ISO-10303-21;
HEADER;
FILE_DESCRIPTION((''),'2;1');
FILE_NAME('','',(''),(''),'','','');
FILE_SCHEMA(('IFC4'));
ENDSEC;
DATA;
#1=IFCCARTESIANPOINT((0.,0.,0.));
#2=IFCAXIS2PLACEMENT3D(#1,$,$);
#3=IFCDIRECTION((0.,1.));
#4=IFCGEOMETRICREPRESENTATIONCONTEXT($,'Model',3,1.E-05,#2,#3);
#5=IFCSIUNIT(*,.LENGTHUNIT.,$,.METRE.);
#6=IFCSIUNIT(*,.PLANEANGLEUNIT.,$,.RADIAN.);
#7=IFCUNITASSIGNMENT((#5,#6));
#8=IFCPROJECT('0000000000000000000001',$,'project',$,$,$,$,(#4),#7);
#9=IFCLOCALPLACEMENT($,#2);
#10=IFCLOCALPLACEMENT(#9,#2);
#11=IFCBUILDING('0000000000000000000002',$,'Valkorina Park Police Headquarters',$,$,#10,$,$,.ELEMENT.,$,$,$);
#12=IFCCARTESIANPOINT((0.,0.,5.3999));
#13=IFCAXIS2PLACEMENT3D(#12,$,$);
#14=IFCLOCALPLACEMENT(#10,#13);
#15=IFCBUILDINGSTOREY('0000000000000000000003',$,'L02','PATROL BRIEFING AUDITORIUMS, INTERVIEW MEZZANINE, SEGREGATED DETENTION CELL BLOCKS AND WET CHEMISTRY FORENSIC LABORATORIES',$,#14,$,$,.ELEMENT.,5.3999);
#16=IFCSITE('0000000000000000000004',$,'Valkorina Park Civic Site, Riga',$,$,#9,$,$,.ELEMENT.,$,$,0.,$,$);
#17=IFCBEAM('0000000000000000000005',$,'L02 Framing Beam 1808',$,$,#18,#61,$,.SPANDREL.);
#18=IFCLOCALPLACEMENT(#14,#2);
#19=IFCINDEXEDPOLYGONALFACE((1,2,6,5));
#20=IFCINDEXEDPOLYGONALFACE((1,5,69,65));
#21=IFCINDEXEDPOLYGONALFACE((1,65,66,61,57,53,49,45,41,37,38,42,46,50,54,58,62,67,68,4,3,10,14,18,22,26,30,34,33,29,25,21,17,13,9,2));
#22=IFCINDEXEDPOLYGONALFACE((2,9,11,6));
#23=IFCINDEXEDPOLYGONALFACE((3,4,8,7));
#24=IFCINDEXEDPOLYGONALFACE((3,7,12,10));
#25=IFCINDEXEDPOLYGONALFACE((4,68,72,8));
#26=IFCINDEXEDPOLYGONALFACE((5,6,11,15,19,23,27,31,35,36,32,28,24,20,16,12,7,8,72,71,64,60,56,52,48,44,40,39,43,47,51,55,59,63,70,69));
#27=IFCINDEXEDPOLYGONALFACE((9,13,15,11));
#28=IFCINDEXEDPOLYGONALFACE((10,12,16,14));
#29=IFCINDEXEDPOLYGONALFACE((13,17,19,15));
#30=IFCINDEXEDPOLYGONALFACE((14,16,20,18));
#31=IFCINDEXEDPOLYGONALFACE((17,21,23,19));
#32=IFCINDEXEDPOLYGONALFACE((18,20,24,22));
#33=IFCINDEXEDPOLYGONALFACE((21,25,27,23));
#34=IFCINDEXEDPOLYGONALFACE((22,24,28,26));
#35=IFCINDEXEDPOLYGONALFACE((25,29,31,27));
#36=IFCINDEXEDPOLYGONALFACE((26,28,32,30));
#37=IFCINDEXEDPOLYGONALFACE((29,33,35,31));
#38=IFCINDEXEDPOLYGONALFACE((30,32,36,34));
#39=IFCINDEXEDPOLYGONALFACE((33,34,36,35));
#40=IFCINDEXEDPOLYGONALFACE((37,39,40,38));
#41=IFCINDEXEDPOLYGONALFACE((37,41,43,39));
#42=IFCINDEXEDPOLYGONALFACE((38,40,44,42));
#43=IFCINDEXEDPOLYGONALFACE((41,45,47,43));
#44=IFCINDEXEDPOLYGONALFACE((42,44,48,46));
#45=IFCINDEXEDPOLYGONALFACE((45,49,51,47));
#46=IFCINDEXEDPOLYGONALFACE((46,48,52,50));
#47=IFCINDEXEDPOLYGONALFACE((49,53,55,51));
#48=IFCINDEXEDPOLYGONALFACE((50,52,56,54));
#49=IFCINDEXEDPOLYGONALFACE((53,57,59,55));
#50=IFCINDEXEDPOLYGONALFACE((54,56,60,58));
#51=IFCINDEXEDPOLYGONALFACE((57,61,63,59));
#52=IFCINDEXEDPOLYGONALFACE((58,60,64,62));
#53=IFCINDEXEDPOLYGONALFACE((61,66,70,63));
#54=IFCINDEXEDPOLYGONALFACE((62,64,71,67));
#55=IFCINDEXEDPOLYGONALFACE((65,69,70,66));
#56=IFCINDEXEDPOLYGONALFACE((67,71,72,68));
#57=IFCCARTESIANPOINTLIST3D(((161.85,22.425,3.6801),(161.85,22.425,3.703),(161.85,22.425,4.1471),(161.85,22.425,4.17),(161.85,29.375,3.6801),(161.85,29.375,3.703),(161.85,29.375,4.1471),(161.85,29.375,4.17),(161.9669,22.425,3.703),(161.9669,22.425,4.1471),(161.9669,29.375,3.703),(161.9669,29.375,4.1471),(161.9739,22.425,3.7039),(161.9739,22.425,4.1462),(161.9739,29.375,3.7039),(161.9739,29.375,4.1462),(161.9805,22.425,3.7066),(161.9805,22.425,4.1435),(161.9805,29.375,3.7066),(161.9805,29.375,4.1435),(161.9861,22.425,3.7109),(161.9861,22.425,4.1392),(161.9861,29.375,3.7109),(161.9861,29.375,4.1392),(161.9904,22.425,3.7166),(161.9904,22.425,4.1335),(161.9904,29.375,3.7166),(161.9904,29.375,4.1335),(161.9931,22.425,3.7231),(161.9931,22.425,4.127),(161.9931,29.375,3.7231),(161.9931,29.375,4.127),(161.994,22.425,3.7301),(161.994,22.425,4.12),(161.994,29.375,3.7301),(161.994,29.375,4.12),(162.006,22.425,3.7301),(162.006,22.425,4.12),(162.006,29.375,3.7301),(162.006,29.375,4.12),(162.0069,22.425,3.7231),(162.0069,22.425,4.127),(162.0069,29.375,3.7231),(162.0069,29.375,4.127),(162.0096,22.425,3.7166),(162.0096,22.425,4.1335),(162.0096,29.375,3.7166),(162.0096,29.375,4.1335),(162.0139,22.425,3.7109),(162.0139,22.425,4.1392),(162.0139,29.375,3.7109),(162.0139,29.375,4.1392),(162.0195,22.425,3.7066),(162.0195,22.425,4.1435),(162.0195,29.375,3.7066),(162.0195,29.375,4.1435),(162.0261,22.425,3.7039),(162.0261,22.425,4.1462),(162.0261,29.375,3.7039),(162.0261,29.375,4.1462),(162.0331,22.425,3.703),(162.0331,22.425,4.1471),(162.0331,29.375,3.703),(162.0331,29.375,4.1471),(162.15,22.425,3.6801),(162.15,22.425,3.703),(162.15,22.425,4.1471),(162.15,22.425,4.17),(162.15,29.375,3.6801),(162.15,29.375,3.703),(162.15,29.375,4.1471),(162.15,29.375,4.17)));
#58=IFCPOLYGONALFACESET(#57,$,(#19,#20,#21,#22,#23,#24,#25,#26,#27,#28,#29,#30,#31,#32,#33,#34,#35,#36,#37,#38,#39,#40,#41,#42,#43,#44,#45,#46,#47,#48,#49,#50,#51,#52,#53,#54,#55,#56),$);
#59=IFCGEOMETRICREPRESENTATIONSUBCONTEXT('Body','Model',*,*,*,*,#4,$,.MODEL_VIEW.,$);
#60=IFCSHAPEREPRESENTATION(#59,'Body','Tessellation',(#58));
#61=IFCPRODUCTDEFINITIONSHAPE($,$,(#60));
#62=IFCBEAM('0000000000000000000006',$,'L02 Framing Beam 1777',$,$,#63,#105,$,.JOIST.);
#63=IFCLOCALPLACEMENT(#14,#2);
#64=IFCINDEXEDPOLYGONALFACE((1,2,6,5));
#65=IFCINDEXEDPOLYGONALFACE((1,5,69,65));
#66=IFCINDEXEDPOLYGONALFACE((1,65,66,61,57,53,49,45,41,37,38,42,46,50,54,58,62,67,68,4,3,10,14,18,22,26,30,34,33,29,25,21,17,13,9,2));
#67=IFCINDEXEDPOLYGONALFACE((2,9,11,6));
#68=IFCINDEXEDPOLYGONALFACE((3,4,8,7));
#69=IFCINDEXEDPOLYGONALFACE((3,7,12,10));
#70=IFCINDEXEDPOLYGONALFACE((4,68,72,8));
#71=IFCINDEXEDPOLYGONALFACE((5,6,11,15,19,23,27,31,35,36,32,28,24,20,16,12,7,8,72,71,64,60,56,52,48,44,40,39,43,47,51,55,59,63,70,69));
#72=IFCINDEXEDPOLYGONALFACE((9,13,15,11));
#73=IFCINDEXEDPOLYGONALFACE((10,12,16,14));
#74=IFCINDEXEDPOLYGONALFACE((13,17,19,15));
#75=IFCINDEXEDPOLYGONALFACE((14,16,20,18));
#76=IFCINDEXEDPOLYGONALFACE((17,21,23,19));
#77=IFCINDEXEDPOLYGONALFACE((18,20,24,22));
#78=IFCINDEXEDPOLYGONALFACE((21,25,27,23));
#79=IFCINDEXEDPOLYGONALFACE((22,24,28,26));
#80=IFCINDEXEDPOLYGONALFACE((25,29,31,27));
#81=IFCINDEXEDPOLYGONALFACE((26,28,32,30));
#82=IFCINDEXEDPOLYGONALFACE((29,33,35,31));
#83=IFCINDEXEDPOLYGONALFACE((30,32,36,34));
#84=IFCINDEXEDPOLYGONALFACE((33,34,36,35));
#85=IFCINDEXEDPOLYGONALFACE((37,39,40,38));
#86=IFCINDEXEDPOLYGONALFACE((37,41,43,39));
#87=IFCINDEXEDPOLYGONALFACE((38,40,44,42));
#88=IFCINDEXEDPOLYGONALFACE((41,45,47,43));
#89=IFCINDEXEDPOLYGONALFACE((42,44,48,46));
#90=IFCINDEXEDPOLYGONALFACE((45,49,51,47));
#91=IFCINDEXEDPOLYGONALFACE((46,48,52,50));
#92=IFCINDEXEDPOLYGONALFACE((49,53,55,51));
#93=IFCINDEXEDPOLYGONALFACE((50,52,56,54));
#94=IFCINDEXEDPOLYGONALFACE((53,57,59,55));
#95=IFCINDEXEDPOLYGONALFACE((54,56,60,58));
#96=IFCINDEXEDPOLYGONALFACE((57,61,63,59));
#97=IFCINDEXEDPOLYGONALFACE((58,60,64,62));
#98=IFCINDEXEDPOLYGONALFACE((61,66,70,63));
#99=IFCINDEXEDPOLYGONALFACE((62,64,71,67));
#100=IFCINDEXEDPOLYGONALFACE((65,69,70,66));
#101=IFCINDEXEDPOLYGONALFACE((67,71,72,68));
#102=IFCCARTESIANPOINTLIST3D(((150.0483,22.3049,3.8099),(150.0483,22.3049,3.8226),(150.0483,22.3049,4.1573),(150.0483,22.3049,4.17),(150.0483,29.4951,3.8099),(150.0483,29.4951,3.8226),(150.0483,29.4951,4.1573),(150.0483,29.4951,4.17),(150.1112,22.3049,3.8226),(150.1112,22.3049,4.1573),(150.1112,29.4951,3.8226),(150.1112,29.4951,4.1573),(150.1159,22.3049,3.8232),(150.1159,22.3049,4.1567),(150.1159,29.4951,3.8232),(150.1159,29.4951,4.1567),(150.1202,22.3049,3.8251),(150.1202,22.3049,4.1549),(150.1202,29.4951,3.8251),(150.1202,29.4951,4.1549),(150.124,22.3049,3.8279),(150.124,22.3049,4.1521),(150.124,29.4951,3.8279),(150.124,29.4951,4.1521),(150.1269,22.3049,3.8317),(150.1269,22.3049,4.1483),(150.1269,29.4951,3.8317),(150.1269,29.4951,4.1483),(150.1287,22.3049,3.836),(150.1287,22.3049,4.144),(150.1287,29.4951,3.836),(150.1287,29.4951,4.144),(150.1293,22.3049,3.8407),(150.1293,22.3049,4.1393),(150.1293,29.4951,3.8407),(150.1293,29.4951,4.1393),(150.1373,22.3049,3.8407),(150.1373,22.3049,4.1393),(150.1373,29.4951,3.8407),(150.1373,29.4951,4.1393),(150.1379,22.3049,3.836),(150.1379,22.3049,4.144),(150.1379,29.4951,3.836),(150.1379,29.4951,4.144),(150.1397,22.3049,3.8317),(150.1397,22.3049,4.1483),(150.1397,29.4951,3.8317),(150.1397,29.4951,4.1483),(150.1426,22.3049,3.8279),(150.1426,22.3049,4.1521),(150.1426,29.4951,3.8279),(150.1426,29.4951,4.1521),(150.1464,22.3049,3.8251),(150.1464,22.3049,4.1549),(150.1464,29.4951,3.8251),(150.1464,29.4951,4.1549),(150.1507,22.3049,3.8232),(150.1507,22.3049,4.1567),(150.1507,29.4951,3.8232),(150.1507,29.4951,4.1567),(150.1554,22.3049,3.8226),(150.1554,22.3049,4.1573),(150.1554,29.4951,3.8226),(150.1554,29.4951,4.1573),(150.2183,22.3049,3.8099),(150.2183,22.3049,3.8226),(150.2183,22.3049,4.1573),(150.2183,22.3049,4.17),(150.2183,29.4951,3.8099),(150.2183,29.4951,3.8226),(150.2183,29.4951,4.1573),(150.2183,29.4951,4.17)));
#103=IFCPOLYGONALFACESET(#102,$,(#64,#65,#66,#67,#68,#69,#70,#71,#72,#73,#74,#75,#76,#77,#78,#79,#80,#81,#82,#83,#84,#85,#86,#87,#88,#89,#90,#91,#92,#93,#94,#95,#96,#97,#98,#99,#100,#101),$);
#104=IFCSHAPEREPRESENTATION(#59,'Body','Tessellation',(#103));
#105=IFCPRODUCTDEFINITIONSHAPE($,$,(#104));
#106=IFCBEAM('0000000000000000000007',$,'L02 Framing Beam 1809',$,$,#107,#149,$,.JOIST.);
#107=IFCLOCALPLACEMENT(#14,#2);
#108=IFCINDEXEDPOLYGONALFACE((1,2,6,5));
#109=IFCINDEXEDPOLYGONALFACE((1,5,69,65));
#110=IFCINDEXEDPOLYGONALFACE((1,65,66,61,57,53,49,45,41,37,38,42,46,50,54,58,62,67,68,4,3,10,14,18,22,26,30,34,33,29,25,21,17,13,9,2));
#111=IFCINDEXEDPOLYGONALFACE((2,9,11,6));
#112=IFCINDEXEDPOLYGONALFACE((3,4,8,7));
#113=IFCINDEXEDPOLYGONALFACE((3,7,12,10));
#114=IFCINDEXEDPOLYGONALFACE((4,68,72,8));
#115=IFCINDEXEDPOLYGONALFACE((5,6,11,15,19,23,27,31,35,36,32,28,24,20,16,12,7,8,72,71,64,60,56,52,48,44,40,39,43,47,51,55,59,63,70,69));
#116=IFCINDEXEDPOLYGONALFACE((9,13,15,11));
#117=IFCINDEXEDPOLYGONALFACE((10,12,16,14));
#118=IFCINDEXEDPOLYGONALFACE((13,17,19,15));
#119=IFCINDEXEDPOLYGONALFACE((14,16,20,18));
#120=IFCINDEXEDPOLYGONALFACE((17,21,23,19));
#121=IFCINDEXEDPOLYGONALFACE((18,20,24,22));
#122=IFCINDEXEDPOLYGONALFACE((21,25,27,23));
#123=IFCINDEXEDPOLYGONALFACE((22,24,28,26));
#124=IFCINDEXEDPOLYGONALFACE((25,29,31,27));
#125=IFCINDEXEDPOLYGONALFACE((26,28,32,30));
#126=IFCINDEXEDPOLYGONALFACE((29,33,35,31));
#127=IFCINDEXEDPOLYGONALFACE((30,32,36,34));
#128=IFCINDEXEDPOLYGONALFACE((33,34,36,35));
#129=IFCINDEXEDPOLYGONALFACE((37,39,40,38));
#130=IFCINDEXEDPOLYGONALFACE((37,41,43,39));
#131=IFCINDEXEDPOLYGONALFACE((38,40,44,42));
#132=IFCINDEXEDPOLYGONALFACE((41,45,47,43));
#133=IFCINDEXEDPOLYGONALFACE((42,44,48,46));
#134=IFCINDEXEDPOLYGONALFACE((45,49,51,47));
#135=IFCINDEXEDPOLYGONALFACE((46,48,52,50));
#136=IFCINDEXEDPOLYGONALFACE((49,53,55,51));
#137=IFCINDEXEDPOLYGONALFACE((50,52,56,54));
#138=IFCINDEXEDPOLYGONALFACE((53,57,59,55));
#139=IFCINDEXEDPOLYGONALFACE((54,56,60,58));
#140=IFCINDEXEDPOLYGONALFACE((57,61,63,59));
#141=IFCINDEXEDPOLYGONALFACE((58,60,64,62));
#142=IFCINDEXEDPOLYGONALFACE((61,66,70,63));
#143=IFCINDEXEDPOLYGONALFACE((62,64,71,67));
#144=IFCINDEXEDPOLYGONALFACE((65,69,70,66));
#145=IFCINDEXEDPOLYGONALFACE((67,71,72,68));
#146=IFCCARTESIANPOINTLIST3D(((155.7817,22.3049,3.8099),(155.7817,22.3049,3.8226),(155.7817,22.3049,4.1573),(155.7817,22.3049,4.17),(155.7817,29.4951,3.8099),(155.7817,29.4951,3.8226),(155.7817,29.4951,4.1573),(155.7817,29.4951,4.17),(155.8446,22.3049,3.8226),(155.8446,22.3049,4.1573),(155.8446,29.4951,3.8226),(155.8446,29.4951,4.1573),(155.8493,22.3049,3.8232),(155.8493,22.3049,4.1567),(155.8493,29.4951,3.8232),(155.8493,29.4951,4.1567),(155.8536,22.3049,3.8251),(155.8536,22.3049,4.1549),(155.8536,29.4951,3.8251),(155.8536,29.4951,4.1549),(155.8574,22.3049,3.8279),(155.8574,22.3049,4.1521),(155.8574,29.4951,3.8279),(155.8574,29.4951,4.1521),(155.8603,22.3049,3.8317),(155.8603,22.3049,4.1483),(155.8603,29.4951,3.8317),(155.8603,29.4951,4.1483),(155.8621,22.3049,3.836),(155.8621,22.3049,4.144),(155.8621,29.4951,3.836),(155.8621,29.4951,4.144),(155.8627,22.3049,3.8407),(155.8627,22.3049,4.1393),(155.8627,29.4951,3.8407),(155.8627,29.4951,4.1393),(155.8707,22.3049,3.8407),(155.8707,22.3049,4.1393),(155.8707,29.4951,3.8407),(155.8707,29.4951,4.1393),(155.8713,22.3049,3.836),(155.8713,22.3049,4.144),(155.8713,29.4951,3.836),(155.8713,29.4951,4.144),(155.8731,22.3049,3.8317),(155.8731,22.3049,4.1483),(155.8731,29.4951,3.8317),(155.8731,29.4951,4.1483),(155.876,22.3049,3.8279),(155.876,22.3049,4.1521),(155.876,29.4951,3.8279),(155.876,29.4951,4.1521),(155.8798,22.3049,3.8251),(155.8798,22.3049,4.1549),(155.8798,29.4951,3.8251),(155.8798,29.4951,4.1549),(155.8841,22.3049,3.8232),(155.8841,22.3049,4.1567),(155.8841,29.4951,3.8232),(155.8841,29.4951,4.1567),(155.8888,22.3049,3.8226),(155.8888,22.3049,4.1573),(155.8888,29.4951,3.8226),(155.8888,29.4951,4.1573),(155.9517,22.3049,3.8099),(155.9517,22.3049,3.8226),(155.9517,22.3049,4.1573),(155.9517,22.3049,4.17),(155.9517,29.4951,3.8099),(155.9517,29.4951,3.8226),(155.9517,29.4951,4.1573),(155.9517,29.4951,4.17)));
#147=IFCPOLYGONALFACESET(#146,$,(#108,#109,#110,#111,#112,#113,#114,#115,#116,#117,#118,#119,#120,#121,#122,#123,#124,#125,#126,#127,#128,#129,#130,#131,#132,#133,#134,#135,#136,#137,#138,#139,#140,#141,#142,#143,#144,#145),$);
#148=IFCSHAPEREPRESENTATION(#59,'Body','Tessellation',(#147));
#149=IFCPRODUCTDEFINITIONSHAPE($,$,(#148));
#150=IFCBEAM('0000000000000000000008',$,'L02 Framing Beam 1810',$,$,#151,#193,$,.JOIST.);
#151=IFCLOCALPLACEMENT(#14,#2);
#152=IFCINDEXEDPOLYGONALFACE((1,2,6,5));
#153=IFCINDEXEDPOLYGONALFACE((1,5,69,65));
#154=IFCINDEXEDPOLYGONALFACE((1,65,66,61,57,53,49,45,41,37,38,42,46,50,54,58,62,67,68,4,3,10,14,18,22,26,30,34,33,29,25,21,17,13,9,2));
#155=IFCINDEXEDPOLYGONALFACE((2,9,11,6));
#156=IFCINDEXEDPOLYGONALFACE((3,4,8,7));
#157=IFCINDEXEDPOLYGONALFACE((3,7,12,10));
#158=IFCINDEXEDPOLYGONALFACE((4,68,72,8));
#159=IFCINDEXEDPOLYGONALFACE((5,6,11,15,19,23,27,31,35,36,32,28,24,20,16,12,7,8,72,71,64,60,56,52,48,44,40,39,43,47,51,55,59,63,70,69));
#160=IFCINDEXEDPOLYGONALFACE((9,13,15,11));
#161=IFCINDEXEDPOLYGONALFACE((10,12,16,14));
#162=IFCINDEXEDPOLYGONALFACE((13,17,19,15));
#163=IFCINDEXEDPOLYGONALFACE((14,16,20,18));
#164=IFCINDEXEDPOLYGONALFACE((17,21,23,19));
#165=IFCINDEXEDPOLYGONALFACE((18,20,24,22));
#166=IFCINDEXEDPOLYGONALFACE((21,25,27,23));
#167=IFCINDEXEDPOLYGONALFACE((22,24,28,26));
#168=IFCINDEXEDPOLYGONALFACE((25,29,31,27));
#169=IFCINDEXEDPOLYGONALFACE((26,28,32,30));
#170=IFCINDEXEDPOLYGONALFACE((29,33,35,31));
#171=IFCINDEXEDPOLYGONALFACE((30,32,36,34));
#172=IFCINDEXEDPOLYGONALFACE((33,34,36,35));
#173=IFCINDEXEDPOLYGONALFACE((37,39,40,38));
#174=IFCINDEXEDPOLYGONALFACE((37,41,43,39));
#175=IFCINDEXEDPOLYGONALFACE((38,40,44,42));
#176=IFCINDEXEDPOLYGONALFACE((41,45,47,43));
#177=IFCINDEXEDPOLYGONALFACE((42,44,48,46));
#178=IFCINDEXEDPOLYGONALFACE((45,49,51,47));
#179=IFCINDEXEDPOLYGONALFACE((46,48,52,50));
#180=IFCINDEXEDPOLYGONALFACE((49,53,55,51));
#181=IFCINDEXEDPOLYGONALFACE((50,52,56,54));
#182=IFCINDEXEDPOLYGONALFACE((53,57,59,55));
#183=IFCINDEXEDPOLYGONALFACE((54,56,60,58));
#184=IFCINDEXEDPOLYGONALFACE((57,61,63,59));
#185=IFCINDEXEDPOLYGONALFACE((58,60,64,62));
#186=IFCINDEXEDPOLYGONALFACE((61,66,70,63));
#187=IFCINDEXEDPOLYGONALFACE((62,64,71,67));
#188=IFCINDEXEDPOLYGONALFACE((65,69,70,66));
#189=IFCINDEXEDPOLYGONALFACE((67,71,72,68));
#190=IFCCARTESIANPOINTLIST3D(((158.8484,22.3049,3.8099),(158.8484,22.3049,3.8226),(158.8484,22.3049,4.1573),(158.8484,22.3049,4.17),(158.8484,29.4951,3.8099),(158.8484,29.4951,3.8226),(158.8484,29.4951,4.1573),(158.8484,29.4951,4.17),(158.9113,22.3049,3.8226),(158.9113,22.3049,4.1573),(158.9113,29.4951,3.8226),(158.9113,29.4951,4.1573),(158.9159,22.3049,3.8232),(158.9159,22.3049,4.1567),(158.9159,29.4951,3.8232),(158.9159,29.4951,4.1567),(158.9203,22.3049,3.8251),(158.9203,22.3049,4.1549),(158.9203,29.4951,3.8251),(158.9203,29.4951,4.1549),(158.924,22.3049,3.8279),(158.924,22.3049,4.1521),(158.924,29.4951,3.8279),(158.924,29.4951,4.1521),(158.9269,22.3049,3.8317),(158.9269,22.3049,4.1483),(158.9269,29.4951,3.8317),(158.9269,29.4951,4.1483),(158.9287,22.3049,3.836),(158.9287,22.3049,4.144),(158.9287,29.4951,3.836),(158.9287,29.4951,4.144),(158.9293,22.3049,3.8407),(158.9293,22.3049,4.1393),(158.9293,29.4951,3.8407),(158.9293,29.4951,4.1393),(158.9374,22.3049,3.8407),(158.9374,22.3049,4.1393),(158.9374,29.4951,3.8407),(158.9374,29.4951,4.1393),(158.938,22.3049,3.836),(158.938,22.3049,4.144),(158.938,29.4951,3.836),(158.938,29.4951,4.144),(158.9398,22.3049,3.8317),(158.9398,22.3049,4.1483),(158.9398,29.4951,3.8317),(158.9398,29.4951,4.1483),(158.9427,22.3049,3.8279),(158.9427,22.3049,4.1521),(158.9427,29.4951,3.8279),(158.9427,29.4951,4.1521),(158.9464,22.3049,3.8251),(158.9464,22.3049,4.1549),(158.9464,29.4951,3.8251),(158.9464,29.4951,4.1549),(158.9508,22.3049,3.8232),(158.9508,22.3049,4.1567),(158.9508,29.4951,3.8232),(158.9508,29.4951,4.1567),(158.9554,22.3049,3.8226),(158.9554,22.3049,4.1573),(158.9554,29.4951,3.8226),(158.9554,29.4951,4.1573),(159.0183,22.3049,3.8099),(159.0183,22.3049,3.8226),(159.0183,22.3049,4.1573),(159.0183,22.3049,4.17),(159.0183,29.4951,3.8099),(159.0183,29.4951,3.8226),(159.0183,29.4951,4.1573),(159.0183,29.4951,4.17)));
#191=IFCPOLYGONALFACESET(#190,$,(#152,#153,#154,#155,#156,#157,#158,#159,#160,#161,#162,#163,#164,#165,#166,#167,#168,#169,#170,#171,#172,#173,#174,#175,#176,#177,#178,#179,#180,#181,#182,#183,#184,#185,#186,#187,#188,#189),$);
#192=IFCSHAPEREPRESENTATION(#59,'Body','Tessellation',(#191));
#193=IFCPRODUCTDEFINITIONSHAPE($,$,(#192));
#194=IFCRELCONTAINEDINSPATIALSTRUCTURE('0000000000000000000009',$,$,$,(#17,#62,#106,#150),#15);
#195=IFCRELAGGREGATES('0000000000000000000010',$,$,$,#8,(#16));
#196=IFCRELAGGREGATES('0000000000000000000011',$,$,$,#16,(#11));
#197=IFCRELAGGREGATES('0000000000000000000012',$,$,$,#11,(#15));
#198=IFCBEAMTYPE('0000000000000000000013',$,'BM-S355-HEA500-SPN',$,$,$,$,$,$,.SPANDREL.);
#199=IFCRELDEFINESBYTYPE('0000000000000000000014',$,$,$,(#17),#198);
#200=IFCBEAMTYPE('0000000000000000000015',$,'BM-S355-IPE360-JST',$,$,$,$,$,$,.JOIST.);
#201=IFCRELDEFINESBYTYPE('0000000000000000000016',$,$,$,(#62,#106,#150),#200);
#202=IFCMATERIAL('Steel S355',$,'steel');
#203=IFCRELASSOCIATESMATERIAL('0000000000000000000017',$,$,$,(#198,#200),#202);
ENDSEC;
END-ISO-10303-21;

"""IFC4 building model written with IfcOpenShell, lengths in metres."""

from ifc_helpers import new_model, si_unit, direction, frame, origin, origin_2d, place, context, subcontext, project, spatial, i_section, extrude, material, material_profile, profile_set, type_object, element, save


model = new_model("IFC4")

# Units and contexts
model_context = context("Model", 3, precision=1e-05, world=origin(), true_north=direction((0.0, 1.0)))
body_context = subcontext(model_context, "Body", "Model", "MODEL_VIEW")
ifc_project = project(units=[si_unit("LENGTHUNIT", "METRE"), si_unit("PLANEANGLEUNIT", "RADIAN")], contexts=[model_context])

# Site, building, storey
site_placement = place(None, origin())
site = spatial("IfcSite", under=ifc_project, at=site_placement, Name="Valkorina Park Civic Site, Riga", CompositionType="ELEMENT", RefElevation=0.0)
building_placement = place(site_placement, origin())
building = spatial("IfcBuilding", under=site, at=building_placement, Name="Valkorina Park Police Headquarters", CompositionType="ELEMENT")
storey_placement = place(building_placement, frame((0.0, 0.0, 5.3999)))
storey = spatial("IfcBuildingStorey", under=building, at=storey_placement, Name="L02", Description="PATROL BRIEFING AUDITORIUMS, INTERVIEW MEZZANINE, SEGREGATED DETENTION CELL BLOCKS AND WET CHEMISTRY FORENSIC LABORATORIES", CompositionType="ELEMENT", Elevation=5.3999)

# Shared definitions
ifc_material_1 = material(Name="Steel S355", Category="steel")

# Beams
ifc_material_profile_1 = material_profile(ifc_material_1, i_section(OverallWidth=0.3, OverallDepth=0.49, WebThickness=0.012, FlangeThickness=0.0229, FilletRadius=0.0271, at=origin_2d()), Name="HEA 500")
ifc_profile_set_1 = profile_set([ifc_material_profile_1], Name="Steel S355")
beam_type_1 = type_object("IfcBeamType", Name="BM-S355-HEA500-SPN", PredefinedType="SPANDREL", material=ifc_profile_set_1)
beam_1_placement = place(storey_placement, frame((162.0, 22.425, 3.925), z_axis=(0.0, 1.0, 0.0), x_axis=(-1.0, 0.0, 0.0)))
element("IfcBeam", 1, at=beam_1_placement, inside=storey, type_object=beam_type_1, Name="L02 Framing Beam 1808", PredefinedType="SPANDREL", context=body_context, shape_type="SweptSolid", body=[
    extrude(i_section(OverallWidth=0.3, OverallDepth=0.49, WebThickness=0.012, FlangeThickness=0.0229, FilletRadius=0.0271, at=origin_2d()), origin(), (0.0, 0.0, 1.0), 6.95),
])
ifc_material_profile_2 = material_profile(ifc_material_1, i_section(OverallWidth=0.1699, OverallDepth=0.3601, WebThickness=0.0081, FlangeThickness=0.0127, FilletRadius=0.0181, at=origin_2d()), Name="IPE 360")
ifc_profile_set_2 = profile_set([ifc_material_profile_2], Name="Steel S355")
beam_type_2 = type_object("IfcBeamType", Name="BM-S355-IPE360-JST", PredefinedType="JOIST", material=ifc_profile_set_2)
for number, where, z_axis, x_axis, name in (
    (2, (150.1333, 22.3049, 3.99), (0.0, 1.0, 0.0), (-1.0, 0.0, 0.0), "L02 Framing Beam 1777"),
    (3, (155.8667, 22.3049, 3.99), (0.0, 1.0, 0.0), (-1.0, 0.0, 0.0), "L02 Framing Beam 1809"),
    (4, (158.9333, 22.3049, 3.99), (0.0, 1.0, 0.0), (-1.0, 0.0, 0.0), "L02 Framing Beam 1810"),
):
    element("IfcBeam", number, at=place(storey_placement, frame(where, z_axis=z_axis, x_axis=x_axis)), inside=storey, type_object=beam_type_2, Name=name, PredefinedType="JOIST", context=body_context, shape_type="SweptSolid", body=[
        extrude(i_section(OverallWidth=0.1699, OverallDepth=0.3601, WebThickness=0.0081, FlangeThickness=0.0127, FilletRadius=0.0181, at=origin_2d()), origin(), (0.0, 0.0, 1.0), 7.1902),
    ])

save(model, "model.ifc")
